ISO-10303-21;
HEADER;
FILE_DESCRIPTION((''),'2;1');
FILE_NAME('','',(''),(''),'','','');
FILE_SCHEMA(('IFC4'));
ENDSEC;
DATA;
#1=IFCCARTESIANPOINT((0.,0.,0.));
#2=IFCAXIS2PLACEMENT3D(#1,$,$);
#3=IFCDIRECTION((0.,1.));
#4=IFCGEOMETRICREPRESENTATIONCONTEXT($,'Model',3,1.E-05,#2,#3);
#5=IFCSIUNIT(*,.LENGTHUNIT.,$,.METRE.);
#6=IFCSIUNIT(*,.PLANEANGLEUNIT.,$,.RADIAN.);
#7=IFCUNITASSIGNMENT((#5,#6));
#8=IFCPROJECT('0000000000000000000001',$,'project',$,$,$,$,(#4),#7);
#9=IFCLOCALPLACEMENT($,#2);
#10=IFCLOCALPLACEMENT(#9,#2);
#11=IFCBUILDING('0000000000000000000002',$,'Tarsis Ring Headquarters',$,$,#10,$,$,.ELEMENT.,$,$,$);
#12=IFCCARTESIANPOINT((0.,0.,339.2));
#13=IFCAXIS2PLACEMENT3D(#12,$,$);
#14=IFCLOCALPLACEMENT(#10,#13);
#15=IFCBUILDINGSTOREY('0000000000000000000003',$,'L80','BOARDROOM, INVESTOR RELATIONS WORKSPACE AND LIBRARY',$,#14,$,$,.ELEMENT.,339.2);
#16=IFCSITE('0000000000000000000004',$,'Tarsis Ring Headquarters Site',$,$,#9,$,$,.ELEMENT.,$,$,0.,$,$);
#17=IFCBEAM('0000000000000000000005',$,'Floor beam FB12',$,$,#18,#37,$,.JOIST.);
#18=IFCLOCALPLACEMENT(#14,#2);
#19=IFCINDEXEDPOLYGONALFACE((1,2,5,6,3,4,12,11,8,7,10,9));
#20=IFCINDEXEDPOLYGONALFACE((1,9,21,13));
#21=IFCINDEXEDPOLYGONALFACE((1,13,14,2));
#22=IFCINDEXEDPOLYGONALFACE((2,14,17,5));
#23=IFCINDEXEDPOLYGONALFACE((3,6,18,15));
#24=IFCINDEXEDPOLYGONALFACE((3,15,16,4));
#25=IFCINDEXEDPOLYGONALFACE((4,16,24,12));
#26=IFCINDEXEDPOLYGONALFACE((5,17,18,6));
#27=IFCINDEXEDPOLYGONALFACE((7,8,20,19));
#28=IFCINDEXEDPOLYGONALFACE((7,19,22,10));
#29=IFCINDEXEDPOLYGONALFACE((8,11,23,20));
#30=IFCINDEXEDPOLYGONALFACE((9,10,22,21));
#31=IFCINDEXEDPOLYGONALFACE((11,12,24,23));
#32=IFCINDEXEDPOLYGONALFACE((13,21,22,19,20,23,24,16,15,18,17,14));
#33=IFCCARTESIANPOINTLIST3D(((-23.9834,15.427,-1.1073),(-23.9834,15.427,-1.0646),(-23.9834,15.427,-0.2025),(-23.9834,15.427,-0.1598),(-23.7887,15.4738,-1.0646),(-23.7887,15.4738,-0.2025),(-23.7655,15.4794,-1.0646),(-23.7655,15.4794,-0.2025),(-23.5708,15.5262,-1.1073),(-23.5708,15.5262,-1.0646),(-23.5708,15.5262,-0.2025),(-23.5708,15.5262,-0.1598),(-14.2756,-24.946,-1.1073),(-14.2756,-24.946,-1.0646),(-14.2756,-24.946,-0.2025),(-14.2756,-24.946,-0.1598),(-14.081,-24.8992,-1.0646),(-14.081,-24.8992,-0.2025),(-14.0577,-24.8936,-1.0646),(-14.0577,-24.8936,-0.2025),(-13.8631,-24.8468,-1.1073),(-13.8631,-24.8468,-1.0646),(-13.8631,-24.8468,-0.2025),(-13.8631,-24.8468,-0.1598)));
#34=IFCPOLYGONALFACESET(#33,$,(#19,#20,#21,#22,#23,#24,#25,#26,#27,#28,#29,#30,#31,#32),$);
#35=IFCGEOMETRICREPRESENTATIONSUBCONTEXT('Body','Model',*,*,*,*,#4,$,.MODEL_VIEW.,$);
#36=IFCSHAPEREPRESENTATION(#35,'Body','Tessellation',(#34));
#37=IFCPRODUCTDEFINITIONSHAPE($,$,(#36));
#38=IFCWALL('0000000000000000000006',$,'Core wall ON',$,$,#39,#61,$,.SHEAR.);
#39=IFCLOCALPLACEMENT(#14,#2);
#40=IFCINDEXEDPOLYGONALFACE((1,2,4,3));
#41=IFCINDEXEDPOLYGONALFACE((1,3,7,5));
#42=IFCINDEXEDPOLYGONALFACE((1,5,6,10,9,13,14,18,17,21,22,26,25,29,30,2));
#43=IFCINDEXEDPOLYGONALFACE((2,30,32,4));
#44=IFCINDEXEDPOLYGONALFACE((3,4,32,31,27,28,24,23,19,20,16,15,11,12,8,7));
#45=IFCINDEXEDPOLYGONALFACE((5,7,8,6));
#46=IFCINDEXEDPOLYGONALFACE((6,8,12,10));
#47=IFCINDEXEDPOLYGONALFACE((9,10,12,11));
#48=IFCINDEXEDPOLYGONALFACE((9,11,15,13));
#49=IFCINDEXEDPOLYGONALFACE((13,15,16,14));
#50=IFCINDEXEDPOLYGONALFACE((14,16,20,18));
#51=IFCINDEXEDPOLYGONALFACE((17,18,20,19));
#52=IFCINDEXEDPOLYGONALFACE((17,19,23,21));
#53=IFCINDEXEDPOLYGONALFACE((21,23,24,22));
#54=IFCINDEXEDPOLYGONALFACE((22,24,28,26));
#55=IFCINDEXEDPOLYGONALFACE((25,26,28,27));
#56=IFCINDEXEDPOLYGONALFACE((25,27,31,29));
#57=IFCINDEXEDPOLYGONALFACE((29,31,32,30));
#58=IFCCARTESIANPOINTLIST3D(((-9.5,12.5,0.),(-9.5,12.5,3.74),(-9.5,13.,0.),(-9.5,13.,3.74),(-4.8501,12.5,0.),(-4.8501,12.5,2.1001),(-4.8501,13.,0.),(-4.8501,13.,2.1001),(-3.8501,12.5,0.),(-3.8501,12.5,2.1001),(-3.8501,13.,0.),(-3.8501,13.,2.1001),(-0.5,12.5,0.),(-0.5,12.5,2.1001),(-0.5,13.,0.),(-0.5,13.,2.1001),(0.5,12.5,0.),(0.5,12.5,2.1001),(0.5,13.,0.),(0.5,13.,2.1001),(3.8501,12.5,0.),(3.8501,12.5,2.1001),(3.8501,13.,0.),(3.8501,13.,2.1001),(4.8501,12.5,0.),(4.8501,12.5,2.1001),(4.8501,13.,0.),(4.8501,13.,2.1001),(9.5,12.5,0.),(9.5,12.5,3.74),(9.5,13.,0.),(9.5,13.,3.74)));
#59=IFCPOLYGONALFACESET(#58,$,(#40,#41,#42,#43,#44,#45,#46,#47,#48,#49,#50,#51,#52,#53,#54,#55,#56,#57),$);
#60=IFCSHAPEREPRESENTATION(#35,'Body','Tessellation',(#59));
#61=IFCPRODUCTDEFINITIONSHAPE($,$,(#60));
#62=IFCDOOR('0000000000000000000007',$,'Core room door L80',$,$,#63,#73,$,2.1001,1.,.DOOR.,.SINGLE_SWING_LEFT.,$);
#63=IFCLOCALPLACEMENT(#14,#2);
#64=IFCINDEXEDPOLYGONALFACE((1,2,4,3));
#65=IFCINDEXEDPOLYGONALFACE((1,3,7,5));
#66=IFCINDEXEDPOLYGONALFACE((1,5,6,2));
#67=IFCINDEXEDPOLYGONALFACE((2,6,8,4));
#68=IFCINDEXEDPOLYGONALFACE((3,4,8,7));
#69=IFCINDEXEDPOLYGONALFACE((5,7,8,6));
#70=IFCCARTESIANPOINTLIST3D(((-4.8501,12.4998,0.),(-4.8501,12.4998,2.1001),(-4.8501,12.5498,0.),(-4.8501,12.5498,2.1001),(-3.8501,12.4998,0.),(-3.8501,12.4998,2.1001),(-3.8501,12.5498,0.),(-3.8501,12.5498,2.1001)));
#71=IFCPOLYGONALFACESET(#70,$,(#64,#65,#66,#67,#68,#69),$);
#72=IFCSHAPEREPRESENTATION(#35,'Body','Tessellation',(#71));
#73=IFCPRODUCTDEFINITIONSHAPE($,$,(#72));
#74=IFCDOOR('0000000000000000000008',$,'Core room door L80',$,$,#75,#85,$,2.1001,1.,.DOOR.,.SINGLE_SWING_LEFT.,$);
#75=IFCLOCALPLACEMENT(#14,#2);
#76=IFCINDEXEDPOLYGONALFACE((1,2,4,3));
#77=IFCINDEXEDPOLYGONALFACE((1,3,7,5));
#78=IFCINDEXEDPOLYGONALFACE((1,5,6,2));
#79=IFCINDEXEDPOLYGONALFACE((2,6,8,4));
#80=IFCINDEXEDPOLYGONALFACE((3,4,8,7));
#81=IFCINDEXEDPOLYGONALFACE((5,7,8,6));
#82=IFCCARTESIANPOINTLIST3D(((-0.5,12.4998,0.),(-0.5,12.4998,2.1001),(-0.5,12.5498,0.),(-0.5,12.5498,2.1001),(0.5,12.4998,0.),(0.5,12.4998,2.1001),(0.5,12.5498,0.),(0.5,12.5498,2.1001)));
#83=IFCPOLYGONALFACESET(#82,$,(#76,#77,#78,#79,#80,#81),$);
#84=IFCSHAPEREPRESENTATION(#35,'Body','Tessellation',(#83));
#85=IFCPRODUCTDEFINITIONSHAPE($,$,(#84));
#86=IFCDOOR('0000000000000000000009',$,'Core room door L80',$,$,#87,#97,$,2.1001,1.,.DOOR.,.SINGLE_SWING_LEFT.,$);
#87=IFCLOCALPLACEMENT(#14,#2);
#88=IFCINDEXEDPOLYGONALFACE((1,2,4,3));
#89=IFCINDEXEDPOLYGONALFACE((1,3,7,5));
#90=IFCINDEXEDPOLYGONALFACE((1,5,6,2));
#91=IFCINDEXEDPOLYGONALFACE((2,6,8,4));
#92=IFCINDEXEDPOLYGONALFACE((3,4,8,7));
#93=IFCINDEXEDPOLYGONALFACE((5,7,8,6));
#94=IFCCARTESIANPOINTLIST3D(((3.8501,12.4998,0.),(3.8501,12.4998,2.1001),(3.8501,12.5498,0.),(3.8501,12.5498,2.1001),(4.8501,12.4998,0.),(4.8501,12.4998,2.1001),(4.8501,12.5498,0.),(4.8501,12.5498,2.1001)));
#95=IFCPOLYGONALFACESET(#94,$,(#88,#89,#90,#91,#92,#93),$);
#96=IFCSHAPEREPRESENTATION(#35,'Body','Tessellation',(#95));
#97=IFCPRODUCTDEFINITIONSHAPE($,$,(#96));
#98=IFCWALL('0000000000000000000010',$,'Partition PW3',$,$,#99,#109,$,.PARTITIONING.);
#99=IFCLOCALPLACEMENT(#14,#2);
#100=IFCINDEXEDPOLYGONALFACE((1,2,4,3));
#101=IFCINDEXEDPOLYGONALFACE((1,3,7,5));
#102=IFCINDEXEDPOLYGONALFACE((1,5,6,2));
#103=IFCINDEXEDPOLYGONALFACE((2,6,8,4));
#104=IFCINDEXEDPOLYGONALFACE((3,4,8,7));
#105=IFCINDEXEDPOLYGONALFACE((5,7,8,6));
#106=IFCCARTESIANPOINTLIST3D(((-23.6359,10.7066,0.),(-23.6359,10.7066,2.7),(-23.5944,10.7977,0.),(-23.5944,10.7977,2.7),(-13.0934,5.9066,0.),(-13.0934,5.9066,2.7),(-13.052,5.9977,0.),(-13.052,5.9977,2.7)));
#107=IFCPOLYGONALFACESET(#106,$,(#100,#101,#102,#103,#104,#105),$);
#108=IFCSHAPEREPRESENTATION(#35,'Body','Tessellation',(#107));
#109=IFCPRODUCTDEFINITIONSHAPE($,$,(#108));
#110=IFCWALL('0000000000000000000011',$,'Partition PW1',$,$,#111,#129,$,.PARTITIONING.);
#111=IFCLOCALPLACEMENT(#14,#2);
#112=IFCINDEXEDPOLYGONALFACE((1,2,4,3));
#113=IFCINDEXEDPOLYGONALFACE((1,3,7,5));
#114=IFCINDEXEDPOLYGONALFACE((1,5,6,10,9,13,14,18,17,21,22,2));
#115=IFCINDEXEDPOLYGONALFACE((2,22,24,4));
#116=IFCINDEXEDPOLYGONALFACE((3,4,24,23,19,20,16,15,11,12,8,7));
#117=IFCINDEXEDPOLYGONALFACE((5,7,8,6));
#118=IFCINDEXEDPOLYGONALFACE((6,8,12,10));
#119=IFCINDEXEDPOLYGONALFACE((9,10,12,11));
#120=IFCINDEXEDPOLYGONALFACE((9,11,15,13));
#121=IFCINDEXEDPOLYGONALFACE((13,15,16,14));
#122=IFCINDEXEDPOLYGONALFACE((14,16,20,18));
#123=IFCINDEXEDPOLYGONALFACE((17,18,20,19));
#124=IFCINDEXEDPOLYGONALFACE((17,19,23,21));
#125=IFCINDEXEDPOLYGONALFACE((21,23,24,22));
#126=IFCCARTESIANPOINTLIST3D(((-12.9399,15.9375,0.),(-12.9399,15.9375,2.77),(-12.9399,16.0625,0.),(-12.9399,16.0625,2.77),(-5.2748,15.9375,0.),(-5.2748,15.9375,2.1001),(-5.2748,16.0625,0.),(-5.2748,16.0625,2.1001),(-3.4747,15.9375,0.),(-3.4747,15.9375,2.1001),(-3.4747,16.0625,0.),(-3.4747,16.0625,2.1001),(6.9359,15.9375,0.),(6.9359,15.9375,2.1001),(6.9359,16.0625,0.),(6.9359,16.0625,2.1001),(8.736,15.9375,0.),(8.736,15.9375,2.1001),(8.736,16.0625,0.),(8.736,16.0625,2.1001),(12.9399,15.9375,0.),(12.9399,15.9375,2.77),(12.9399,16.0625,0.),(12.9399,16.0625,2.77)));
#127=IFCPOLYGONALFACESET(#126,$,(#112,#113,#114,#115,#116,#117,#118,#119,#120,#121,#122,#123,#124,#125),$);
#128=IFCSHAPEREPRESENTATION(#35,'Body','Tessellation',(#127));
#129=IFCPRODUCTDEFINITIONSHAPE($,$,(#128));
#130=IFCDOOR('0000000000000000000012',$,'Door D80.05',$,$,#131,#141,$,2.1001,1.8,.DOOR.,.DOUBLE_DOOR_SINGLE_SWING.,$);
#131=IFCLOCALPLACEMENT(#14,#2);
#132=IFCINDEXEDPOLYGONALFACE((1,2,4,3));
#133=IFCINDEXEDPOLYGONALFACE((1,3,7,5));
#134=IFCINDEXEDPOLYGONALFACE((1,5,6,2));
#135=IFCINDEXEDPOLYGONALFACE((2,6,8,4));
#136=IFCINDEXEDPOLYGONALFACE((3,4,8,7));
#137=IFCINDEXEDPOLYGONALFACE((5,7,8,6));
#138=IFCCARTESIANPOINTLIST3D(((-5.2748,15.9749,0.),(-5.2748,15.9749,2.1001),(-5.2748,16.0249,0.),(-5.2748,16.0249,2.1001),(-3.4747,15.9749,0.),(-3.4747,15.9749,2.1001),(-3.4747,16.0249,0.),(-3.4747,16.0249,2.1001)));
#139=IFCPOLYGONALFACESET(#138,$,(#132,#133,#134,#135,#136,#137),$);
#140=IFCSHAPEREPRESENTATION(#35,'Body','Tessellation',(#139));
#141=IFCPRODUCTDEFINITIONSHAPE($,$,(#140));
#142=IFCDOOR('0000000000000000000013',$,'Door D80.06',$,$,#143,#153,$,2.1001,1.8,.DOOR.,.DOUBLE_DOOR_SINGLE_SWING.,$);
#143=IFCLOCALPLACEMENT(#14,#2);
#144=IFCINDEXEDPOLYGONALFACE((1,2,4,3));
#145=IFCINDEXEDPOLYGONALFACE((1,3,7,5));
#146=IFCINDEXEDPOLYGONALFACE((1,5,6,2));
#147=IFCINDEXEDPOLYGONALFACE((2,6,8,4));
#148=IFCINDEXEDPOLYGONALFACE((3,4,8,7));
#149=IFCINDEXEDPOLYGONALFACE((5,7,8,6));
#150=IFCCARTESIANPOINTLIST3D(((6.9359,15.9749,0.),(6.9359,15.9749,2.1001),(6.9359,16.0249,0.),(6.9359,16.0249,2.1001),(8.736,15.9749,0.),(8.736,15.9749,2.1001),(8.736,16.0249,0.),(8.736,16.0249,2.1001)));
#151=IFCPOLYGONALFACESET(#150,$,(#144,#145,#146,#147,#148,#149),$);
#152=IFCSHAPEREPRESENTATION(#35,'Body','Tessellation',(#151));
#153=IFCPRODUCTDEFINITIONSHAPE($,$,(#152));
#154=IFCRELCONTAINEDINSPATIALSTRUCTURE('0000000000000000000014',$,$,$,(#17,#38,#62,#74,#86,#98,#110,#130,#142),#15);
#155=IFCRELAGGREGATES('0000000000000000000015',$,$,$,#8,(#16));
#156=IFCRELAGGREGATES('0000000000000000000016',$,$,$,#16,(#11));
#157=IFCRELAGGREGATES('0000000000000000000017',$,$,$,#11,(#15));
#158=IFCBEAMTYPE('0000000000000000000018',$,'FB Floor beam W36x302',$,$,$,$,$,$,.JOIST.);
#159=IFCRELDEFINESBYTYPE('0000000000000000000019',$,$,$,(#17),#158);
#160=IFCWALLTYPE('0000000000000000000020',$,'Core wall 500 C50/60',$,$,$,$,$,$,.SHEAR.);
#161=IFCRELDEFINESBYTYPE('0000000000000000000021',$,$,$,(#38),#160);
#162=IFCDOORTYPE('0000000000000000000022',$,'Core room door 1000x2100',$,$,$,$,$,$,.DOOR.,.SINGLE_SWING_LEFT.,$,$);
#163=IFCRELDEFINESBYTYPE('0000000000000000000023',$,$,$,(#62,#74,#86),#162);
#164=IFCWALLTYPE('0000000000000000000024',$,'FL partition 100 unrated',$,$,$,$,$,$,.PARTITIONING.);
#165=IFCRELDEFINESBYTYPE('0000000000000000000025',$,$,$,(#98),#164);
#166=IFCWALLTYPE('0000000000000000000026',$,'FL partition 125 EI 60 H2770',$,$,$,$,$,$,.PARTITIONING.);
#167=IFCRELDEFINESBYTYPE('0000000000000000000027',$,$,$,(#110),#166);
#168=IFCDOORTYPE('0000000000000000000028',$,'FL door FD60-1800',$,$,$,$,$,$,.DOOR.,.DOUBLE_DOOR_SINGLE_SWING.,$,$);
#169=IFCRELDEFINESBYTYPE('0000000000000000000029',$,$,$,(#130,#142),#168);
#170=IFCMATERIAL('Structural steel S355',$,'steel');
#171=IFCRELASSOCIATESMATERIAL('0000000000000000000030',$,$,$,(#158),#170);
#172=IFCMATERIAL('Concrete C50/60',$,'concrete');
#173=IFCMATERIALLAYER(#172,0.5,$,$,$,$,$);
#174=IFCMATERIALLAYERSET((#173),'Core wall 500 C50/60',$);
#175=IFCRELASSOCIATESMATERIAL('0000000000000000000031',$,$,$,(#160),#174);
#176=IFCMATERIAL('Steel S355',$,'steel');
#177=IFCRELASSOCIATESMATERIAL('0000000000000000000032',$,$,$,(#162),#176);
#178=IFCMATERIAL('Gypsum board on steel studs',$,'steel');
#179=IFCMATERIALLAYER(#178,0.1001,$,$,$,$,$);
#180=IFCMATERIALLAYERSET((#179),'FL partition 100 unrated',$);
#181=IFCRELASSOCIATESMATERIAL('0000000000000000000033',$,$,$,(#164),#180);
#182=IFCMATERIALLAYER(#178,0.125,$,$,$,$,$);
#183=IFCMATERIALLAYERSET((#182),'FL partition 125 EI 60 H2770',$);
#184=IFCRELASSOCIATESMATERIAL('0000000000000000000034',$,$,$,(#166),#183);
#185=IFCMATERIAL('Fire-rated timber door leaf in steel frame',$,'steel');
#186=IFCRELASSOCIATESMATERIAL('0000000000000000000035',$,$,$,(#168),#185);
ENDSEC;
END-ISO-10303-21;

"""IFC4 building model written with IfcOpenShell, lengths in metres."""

from ifc_helpers import new_model, si_unit, direction, frame, frame_2d, origin, origin_2d, place, context, subcontext, project, spatial, rectangle, i_section, extrude, material, layer, layer_set, material_profile, profile_set, type_object, element, fill, save


model = new_model("IFC4")

# Units and contexts
model_context = context("Model", 3, precision=1e-05, world=origin(), true_north=direction((0.0, 1.0)))
body_context = subcontext(model_context, "Body", "Model", "MODEL_VIEW")
ifc_project = project(units=[si_unit("LENGTHUNIT", "METRE"), si_unit("PLANEANGLEUNIT", "RADIAN")], contexts=[model_context])

# Site, building, storey
site_placement = place(None, origin())
site = spatial("IfcSite", under=ifc_project, at=site_placement, Name="Tarsis Ring Headquarters Site", CompositionType="ELEMENT", RefElevation=0.0)
building_placement = place(site_placement, origin())
building = spatial("IfcBuilding", under=site, at=building_placement, Name="Tarsis Ring Headquarters", CompositionType="ELEMENT")
storey_placement = place(building_placement, frame((0.0, 0.0, 339.2)))
storey = spatial("IfcBuildingStorey", under=building, at=storey_placement, Name="L80", Description="BOARDROOM, INVESTOR RELATIONS WORKSPACE AND LIBRARY", CompositionType="ELEMENT", Elevation=339.2)

# Beam
ifc_material_1 = material(Name="Structural steel S355", Category="steel")
ifc_material_profile = material_profile(ifc_material_1, i_section(OverallWidth=0.4243, OverallDepth=0.9475, WebThickness=0.0239, FlangeThickness=0.0427, at=origin_2d()), Name="W36x302")
ifc_profile_set = profile_set([ifc_material_profile], Name="Structural steel S355")
beam_type = type_object("IfcBeamType", Name="FB Floor beam W36x302", PredefinedType="JOIST", material=ifc_profile_set)
beam_placement = place(storey_placement, frame((-23.7771, 15.4766, -0.6335), z_axis=(0.233788, -0.972288, 0.0), x_axis=(0.972288, 0.233788, 0.0)))
element("IfcBeam", 1, at=beam_placement, inside=storey, type_object=beam_type, Name="Floor beam FB12", PredefinedType="JOIST", context=body_context, shape_type="SweptSolid", body=[
    extrude(i_section(OverallWidth=0.4243, OverallDepth=0.9475, WebThickness=0.0239, FlangeThickness=0.0427, at=origin_2d()), origin(), (0.0, 0.0, 1.0), 41.5237),
])

# Wall, openings, doors
ifc_material_2 = material(Name="Concrete C50/60", Category="concrete")
ifc_layer_1 = layer(ifc_material_2, 0.5)
ifc_layer_set_1 = layer_set([ifc_layer_1], Name="Core wall 500 C50/60")
wall_type_1 = type_object("IfcWallType", Name="Core wall 500 C50/60", PredefinedType="SHEAR", material=ifc_layer_set_1)
wall_1_placement = place(storey_placement, frame((-9.5, 12.75, 0.0), z_axis=(0.0, 0.0, 1.0), x_axis=(1.0, 0.0, 0.0)))
wall_1 = element("IfcWall", 2, at=wall_1_placement, inside=storey, type_object=wall_type_1, Name="Core wall ON", PredefinedType="SHEAR", context=body_context, shape_type="SweptSolid", body=[
    extrude(rectangle(XDim=19.0, YDim=0.5, at=frame_2d((9.5, 0.0))), origin(), (0.0, 0.0, 1.0), 3.74),
])
opening_1_placement = place(wall_1_placement, frame((4.6499, 0.0, 0.0)))
opening_1 = element("IfcOpeningElement", 3, at=opening_1_placement, cuts=wall_1, PredefinedType="OPENING", context=body_context, shape_type="SweptSolid", body=[
    extrude(rectangle(XDim=1.0, YDim=2.1001, at=frame_2d((0.5, 1.05))), frame((0.0, 0.26, 0.0), z_axis=(0.0, -1.0, 0.0), x_axis=(1.0, 0.0, 0.0)), (0.0, 0.0, 1.0), 0.52),
])
opening_2_placement = place(wall_1_placement, frame((9.0, 0.0, 0.0)))
opening_2 = element("IfcOpeningElement", 4, at=opening_2_placement, cuts=wall_1, PredefinedType="OPENING", context=body_context, shape_type="SweptSolid", body=[
    extrude(rectangle(XDim=1.0, YDim=2.1001, at=frame_2d((0.5, 1.05))), frame((0.0, 0.26, 0.0), z_axis=(0.0, -1.0, 0.0), x_axis=(1.0, 0.0, 0.0)), (0.0, 0.0, 1.0), 0.52),
])
opening_3_placement = place(wall_1_placement, frame((13.3501, 0.0, 0.0)))
opening_3 = element("IfcOpeningElement", 5, at=opening_3_placement, cuts=wall_1, PredefinedType="OPENING", context=body_context, shape_type="SweptSolid", body=[
    extrude(rectangle(XDim=1.0, YDim=2.1001, at=frame_2d((0.5, 1.05))), frame((0.0, 0.26, 0.0), z_axis=(0.0, -1.0, 0.0), x_axis=(1.0, 0.0, 0.0)), (0.0, 0.0, 1.0), 0.52),
])
ifc_material_3 = material(Name="Steel S355", Category="steel")
door_type_1 = type_object("IfcDoorType", Name="Core room door 1000x2100", OperationType="SINGLE_SWING_LEFT", PredefinedType="DOOR", material=ifc_material_3)
door_1_placement = place(opening_1_placement, origin())
door_1 = element("IfcDoor", 6, at=door_1_placement, inside=storey, type_object=door_type_1, Name="Core room door L80", OperationType="SINGLE_SWING_LEFT", OverallHeight=2.1001, OverallWidth=1.0, PredefinedType="DOOR", context=body_context, shape_type="SweptSolid", body=[
    extrude(rectangle(XDim=1.0, YDim=2.1001, at=frame_2d((0.5, 1.05))), frame((0.0, -0.2002, 0.0), z_axis=(0.0, -1.0, 0.0), x_axis=(1.0, 0.0, 0.0)), (0.0, 0.0, 1.0), 0.05),
])
fill(opening_1, door_1)
door_2_placement = place(opening_2_placement, origin())
door_2 = element("IfcDoor", 7, at=door_2_placement, inside=storey, type_object=door_type_1, Name="Core room door L80", OperationType="SINGLE_SWING_LEFT", OverallHeight=2.1001, OverallWidth=1.0, PredefinedType="DOOR", context=body_context, shape_type="SweptSolid", body=[
    extrude(rectangle(XDim=1.0, YDim=2.1001, at=frame_2d((0.5, 1.05))), frame((0.0, -0.2002, 0.0), z_axis=(0.0, -1.0, 0.0), x_axis=(1.0, 0.0, 0.0)), (0.0, 0.0, 1.0), 0.05),
])
fill(opening_2, door_2)
door_3_placement = place(opening_3_placement, origin())
door_3 = element("IfcDoor", 8, at=door_3_placement, inside=storey, type_object=door_type_1, Name="Core room door L80", OperationType="SINGLE_SWING_LEFT", OverallHeight=2.1001, OverallWidth=1.0, PredefinedType="DOOR", context=body_context, shape_type="SweptSolid", body=[
    extrude(rectangle(XDim=1.0, YDim=2.1001, at=frame_2d((0.5, 1.05))), frame((0.0, -0.2002, 0.0), z_axis=(0.0, -1.0, 0.0), x_axis=(1.0, 0.0, 0.0)), (0.0, 0.0, 1.0), 0.05),
])
fill(opening_3, door_3)

# Wall
ifc_material_4 = material(Name="Gypsum board on steel studs", Category="steel")
ifc_layer_2 = layer(ifc_material_4, 0.1001)
ifc_layer_set_2 = layer_set([ifc_layer_2], Name="FL partition 100 unrated")
wall_type_2 = type_object("IfcWallType", Name="FL partition 100 unrated", PredefinedType="PARTITIONING", material=ifc_layer_set_2)
wall_2_placement = place(storey_placement, frame((-23.6152, 10.7522, 0.0), z_axis=(0.0, 0.0, 1.0), x_axis=(0.910106, -0.414376, 0.0)))
element("IfcWall", 9, at=wall_2_placement, inside=storey, type_object=wall_type_2, Name="Partition PW3", PredefinedType="PARTITIONING", context=body_context, shape_type="SweptSolid", body=[
    extrude(rectangle(XDim=11.5837, YDim=0.1001, at=frame_2d((5.792, 0.0))), origin(), (0.0, 0.0, 1.0), 2.7),
])

# Wall, openings, doors
ifc_layer_3 = layer(ifc_material_4, 0.125)
ifc_layer_set_3 = layer_set([ifc_layer_3], Name="FL partition 125 EI 60 H2770")
wall_type_3 = type_object("IfcWallType", Name="FL partition 125 EI 60 H2770", PredefinedType="PARTITIONING", material=ifc_layer_set_3)
wall_3_placement = place(storey_placement, frame((-12.9399, 16.0, 0.0), z_axis=(0.0, 0.0, 1.0), x_axis=(1.0, 0.0, 0.0)))
wall_3 = element("IfcWall", 10, at=wall_3_placement, inside=storey, type_object=wall_type_3, Name="Partition PW1", PredefinedType="PARTITIONING", context=body_context, shape_type="SweptSolid", body=[
    extrude(rectangle(XDim=25.8799, YDim=0.125, at=frame_2d((12.9399, 0.0))), origin(), (0.0, 0.0, 1.0), 2.77),
])
opening_4_placement = place(wall_3_placement, frame((7.6653, 0.0, 0.0)))
opening_4 = element("IfcOpeningElement", 11, at=opening_4_placement, cuts=wall_3, PredefinedType="OPENING", context=body_context, shape_type="SweptSolid", body=[
    extrude(rectangle(XDim=1.8, YDim=2.1001, at=frame_2d((0.8999, 1.05))), frame((0.0, 0.0725, 0.0), z_axis=(0.0, -1.0, 0.0), x_axis=(1.0, 0.0, 0.0)), (0.0, 0.0, 1.0), 0.145),
])
opening_5_placement = place(wall_3_placement, frame((19.876, 0.0, 0.0)))
opening_5 = element("IfcOpeningElement", 12, at=opening_5_placement, cuts=wall_3, PredefinedType="OPENING", context=body_context, shape_type="SweptSolid", body=[
    extrude(rectangle(XDim=1.8, YDim=2.1001, at=frame_2d((0.8999, 1.05))), frame((0.0, 0.0725, 0.0), z_axis=(0.0, -1.0, 0.0), x_axis=(1.0, 0.0, 0.0)), (0.0, 0.0, 1.0), 0.145),
])
ifc_material_5 = material(Name="Fire-rated timber door leaf in steel frame", Category="steel")
door_type_2 = type_object("IfcDoorType", Name="FL door FD60-1800", OperationType="DOUBLE_DOOR_SINGLE_SWING", PredefinedType="DOOR", material=ifc_material_5)
door_4_placement = place(opening_4_placement, origin())
door_4 = element("IfcDoor", 13, at=door_4_placement, inside=storey, type_object=door_type_2, Name="Door D80.05", OperationType="DOUBLE_DOOR_SINGLE_SWING", OverallHeight=2.1001, OverallWidth=1.8, PredefinedType="DOOR", context=body_context, shape_type="SweptSolid", body=[
    extrude(rectangle(XDim=1.8, YDim=2.1001, at=frame_2d((0.8999, 1.05))), frame((0.0, 0.0249, 0.0), z_axis=(0.0, -1.0, 0.0), x_axis=(1.0, 0.0, 0.0)), (0.0, 0.0, 1.0), 0.05),
])
fill(opening_4, door_4)
door_5_placement = place(opening_5_placement, origin())
door_5 = element("IfcDoor", 14, at=door_5_placement, inside=storey, type_object=door_type_2, Name="Door D80.06", OperationType="DOUBLE_DOOR_SINGLE_SWING", OverallHeight=2.1001, OverallWidth=1.8, PredefinedType="DOOR", context=body_context, shape_type="SweptSolid", body=[
    extrude(rectangle(XDim=1.8, YDim=2.1001, at=frame_2d((0.8999, 1.05))), frame((0.0, 0.0249, 0.0), z_axis=(0.0, -1.0, 0.0), x_axis=(1.0, 0.0, 0.0)), (0.0, 0.0, 1.0), 0.05),
])
fill(opening_5, door_5)

save(model, "model.ifc")
